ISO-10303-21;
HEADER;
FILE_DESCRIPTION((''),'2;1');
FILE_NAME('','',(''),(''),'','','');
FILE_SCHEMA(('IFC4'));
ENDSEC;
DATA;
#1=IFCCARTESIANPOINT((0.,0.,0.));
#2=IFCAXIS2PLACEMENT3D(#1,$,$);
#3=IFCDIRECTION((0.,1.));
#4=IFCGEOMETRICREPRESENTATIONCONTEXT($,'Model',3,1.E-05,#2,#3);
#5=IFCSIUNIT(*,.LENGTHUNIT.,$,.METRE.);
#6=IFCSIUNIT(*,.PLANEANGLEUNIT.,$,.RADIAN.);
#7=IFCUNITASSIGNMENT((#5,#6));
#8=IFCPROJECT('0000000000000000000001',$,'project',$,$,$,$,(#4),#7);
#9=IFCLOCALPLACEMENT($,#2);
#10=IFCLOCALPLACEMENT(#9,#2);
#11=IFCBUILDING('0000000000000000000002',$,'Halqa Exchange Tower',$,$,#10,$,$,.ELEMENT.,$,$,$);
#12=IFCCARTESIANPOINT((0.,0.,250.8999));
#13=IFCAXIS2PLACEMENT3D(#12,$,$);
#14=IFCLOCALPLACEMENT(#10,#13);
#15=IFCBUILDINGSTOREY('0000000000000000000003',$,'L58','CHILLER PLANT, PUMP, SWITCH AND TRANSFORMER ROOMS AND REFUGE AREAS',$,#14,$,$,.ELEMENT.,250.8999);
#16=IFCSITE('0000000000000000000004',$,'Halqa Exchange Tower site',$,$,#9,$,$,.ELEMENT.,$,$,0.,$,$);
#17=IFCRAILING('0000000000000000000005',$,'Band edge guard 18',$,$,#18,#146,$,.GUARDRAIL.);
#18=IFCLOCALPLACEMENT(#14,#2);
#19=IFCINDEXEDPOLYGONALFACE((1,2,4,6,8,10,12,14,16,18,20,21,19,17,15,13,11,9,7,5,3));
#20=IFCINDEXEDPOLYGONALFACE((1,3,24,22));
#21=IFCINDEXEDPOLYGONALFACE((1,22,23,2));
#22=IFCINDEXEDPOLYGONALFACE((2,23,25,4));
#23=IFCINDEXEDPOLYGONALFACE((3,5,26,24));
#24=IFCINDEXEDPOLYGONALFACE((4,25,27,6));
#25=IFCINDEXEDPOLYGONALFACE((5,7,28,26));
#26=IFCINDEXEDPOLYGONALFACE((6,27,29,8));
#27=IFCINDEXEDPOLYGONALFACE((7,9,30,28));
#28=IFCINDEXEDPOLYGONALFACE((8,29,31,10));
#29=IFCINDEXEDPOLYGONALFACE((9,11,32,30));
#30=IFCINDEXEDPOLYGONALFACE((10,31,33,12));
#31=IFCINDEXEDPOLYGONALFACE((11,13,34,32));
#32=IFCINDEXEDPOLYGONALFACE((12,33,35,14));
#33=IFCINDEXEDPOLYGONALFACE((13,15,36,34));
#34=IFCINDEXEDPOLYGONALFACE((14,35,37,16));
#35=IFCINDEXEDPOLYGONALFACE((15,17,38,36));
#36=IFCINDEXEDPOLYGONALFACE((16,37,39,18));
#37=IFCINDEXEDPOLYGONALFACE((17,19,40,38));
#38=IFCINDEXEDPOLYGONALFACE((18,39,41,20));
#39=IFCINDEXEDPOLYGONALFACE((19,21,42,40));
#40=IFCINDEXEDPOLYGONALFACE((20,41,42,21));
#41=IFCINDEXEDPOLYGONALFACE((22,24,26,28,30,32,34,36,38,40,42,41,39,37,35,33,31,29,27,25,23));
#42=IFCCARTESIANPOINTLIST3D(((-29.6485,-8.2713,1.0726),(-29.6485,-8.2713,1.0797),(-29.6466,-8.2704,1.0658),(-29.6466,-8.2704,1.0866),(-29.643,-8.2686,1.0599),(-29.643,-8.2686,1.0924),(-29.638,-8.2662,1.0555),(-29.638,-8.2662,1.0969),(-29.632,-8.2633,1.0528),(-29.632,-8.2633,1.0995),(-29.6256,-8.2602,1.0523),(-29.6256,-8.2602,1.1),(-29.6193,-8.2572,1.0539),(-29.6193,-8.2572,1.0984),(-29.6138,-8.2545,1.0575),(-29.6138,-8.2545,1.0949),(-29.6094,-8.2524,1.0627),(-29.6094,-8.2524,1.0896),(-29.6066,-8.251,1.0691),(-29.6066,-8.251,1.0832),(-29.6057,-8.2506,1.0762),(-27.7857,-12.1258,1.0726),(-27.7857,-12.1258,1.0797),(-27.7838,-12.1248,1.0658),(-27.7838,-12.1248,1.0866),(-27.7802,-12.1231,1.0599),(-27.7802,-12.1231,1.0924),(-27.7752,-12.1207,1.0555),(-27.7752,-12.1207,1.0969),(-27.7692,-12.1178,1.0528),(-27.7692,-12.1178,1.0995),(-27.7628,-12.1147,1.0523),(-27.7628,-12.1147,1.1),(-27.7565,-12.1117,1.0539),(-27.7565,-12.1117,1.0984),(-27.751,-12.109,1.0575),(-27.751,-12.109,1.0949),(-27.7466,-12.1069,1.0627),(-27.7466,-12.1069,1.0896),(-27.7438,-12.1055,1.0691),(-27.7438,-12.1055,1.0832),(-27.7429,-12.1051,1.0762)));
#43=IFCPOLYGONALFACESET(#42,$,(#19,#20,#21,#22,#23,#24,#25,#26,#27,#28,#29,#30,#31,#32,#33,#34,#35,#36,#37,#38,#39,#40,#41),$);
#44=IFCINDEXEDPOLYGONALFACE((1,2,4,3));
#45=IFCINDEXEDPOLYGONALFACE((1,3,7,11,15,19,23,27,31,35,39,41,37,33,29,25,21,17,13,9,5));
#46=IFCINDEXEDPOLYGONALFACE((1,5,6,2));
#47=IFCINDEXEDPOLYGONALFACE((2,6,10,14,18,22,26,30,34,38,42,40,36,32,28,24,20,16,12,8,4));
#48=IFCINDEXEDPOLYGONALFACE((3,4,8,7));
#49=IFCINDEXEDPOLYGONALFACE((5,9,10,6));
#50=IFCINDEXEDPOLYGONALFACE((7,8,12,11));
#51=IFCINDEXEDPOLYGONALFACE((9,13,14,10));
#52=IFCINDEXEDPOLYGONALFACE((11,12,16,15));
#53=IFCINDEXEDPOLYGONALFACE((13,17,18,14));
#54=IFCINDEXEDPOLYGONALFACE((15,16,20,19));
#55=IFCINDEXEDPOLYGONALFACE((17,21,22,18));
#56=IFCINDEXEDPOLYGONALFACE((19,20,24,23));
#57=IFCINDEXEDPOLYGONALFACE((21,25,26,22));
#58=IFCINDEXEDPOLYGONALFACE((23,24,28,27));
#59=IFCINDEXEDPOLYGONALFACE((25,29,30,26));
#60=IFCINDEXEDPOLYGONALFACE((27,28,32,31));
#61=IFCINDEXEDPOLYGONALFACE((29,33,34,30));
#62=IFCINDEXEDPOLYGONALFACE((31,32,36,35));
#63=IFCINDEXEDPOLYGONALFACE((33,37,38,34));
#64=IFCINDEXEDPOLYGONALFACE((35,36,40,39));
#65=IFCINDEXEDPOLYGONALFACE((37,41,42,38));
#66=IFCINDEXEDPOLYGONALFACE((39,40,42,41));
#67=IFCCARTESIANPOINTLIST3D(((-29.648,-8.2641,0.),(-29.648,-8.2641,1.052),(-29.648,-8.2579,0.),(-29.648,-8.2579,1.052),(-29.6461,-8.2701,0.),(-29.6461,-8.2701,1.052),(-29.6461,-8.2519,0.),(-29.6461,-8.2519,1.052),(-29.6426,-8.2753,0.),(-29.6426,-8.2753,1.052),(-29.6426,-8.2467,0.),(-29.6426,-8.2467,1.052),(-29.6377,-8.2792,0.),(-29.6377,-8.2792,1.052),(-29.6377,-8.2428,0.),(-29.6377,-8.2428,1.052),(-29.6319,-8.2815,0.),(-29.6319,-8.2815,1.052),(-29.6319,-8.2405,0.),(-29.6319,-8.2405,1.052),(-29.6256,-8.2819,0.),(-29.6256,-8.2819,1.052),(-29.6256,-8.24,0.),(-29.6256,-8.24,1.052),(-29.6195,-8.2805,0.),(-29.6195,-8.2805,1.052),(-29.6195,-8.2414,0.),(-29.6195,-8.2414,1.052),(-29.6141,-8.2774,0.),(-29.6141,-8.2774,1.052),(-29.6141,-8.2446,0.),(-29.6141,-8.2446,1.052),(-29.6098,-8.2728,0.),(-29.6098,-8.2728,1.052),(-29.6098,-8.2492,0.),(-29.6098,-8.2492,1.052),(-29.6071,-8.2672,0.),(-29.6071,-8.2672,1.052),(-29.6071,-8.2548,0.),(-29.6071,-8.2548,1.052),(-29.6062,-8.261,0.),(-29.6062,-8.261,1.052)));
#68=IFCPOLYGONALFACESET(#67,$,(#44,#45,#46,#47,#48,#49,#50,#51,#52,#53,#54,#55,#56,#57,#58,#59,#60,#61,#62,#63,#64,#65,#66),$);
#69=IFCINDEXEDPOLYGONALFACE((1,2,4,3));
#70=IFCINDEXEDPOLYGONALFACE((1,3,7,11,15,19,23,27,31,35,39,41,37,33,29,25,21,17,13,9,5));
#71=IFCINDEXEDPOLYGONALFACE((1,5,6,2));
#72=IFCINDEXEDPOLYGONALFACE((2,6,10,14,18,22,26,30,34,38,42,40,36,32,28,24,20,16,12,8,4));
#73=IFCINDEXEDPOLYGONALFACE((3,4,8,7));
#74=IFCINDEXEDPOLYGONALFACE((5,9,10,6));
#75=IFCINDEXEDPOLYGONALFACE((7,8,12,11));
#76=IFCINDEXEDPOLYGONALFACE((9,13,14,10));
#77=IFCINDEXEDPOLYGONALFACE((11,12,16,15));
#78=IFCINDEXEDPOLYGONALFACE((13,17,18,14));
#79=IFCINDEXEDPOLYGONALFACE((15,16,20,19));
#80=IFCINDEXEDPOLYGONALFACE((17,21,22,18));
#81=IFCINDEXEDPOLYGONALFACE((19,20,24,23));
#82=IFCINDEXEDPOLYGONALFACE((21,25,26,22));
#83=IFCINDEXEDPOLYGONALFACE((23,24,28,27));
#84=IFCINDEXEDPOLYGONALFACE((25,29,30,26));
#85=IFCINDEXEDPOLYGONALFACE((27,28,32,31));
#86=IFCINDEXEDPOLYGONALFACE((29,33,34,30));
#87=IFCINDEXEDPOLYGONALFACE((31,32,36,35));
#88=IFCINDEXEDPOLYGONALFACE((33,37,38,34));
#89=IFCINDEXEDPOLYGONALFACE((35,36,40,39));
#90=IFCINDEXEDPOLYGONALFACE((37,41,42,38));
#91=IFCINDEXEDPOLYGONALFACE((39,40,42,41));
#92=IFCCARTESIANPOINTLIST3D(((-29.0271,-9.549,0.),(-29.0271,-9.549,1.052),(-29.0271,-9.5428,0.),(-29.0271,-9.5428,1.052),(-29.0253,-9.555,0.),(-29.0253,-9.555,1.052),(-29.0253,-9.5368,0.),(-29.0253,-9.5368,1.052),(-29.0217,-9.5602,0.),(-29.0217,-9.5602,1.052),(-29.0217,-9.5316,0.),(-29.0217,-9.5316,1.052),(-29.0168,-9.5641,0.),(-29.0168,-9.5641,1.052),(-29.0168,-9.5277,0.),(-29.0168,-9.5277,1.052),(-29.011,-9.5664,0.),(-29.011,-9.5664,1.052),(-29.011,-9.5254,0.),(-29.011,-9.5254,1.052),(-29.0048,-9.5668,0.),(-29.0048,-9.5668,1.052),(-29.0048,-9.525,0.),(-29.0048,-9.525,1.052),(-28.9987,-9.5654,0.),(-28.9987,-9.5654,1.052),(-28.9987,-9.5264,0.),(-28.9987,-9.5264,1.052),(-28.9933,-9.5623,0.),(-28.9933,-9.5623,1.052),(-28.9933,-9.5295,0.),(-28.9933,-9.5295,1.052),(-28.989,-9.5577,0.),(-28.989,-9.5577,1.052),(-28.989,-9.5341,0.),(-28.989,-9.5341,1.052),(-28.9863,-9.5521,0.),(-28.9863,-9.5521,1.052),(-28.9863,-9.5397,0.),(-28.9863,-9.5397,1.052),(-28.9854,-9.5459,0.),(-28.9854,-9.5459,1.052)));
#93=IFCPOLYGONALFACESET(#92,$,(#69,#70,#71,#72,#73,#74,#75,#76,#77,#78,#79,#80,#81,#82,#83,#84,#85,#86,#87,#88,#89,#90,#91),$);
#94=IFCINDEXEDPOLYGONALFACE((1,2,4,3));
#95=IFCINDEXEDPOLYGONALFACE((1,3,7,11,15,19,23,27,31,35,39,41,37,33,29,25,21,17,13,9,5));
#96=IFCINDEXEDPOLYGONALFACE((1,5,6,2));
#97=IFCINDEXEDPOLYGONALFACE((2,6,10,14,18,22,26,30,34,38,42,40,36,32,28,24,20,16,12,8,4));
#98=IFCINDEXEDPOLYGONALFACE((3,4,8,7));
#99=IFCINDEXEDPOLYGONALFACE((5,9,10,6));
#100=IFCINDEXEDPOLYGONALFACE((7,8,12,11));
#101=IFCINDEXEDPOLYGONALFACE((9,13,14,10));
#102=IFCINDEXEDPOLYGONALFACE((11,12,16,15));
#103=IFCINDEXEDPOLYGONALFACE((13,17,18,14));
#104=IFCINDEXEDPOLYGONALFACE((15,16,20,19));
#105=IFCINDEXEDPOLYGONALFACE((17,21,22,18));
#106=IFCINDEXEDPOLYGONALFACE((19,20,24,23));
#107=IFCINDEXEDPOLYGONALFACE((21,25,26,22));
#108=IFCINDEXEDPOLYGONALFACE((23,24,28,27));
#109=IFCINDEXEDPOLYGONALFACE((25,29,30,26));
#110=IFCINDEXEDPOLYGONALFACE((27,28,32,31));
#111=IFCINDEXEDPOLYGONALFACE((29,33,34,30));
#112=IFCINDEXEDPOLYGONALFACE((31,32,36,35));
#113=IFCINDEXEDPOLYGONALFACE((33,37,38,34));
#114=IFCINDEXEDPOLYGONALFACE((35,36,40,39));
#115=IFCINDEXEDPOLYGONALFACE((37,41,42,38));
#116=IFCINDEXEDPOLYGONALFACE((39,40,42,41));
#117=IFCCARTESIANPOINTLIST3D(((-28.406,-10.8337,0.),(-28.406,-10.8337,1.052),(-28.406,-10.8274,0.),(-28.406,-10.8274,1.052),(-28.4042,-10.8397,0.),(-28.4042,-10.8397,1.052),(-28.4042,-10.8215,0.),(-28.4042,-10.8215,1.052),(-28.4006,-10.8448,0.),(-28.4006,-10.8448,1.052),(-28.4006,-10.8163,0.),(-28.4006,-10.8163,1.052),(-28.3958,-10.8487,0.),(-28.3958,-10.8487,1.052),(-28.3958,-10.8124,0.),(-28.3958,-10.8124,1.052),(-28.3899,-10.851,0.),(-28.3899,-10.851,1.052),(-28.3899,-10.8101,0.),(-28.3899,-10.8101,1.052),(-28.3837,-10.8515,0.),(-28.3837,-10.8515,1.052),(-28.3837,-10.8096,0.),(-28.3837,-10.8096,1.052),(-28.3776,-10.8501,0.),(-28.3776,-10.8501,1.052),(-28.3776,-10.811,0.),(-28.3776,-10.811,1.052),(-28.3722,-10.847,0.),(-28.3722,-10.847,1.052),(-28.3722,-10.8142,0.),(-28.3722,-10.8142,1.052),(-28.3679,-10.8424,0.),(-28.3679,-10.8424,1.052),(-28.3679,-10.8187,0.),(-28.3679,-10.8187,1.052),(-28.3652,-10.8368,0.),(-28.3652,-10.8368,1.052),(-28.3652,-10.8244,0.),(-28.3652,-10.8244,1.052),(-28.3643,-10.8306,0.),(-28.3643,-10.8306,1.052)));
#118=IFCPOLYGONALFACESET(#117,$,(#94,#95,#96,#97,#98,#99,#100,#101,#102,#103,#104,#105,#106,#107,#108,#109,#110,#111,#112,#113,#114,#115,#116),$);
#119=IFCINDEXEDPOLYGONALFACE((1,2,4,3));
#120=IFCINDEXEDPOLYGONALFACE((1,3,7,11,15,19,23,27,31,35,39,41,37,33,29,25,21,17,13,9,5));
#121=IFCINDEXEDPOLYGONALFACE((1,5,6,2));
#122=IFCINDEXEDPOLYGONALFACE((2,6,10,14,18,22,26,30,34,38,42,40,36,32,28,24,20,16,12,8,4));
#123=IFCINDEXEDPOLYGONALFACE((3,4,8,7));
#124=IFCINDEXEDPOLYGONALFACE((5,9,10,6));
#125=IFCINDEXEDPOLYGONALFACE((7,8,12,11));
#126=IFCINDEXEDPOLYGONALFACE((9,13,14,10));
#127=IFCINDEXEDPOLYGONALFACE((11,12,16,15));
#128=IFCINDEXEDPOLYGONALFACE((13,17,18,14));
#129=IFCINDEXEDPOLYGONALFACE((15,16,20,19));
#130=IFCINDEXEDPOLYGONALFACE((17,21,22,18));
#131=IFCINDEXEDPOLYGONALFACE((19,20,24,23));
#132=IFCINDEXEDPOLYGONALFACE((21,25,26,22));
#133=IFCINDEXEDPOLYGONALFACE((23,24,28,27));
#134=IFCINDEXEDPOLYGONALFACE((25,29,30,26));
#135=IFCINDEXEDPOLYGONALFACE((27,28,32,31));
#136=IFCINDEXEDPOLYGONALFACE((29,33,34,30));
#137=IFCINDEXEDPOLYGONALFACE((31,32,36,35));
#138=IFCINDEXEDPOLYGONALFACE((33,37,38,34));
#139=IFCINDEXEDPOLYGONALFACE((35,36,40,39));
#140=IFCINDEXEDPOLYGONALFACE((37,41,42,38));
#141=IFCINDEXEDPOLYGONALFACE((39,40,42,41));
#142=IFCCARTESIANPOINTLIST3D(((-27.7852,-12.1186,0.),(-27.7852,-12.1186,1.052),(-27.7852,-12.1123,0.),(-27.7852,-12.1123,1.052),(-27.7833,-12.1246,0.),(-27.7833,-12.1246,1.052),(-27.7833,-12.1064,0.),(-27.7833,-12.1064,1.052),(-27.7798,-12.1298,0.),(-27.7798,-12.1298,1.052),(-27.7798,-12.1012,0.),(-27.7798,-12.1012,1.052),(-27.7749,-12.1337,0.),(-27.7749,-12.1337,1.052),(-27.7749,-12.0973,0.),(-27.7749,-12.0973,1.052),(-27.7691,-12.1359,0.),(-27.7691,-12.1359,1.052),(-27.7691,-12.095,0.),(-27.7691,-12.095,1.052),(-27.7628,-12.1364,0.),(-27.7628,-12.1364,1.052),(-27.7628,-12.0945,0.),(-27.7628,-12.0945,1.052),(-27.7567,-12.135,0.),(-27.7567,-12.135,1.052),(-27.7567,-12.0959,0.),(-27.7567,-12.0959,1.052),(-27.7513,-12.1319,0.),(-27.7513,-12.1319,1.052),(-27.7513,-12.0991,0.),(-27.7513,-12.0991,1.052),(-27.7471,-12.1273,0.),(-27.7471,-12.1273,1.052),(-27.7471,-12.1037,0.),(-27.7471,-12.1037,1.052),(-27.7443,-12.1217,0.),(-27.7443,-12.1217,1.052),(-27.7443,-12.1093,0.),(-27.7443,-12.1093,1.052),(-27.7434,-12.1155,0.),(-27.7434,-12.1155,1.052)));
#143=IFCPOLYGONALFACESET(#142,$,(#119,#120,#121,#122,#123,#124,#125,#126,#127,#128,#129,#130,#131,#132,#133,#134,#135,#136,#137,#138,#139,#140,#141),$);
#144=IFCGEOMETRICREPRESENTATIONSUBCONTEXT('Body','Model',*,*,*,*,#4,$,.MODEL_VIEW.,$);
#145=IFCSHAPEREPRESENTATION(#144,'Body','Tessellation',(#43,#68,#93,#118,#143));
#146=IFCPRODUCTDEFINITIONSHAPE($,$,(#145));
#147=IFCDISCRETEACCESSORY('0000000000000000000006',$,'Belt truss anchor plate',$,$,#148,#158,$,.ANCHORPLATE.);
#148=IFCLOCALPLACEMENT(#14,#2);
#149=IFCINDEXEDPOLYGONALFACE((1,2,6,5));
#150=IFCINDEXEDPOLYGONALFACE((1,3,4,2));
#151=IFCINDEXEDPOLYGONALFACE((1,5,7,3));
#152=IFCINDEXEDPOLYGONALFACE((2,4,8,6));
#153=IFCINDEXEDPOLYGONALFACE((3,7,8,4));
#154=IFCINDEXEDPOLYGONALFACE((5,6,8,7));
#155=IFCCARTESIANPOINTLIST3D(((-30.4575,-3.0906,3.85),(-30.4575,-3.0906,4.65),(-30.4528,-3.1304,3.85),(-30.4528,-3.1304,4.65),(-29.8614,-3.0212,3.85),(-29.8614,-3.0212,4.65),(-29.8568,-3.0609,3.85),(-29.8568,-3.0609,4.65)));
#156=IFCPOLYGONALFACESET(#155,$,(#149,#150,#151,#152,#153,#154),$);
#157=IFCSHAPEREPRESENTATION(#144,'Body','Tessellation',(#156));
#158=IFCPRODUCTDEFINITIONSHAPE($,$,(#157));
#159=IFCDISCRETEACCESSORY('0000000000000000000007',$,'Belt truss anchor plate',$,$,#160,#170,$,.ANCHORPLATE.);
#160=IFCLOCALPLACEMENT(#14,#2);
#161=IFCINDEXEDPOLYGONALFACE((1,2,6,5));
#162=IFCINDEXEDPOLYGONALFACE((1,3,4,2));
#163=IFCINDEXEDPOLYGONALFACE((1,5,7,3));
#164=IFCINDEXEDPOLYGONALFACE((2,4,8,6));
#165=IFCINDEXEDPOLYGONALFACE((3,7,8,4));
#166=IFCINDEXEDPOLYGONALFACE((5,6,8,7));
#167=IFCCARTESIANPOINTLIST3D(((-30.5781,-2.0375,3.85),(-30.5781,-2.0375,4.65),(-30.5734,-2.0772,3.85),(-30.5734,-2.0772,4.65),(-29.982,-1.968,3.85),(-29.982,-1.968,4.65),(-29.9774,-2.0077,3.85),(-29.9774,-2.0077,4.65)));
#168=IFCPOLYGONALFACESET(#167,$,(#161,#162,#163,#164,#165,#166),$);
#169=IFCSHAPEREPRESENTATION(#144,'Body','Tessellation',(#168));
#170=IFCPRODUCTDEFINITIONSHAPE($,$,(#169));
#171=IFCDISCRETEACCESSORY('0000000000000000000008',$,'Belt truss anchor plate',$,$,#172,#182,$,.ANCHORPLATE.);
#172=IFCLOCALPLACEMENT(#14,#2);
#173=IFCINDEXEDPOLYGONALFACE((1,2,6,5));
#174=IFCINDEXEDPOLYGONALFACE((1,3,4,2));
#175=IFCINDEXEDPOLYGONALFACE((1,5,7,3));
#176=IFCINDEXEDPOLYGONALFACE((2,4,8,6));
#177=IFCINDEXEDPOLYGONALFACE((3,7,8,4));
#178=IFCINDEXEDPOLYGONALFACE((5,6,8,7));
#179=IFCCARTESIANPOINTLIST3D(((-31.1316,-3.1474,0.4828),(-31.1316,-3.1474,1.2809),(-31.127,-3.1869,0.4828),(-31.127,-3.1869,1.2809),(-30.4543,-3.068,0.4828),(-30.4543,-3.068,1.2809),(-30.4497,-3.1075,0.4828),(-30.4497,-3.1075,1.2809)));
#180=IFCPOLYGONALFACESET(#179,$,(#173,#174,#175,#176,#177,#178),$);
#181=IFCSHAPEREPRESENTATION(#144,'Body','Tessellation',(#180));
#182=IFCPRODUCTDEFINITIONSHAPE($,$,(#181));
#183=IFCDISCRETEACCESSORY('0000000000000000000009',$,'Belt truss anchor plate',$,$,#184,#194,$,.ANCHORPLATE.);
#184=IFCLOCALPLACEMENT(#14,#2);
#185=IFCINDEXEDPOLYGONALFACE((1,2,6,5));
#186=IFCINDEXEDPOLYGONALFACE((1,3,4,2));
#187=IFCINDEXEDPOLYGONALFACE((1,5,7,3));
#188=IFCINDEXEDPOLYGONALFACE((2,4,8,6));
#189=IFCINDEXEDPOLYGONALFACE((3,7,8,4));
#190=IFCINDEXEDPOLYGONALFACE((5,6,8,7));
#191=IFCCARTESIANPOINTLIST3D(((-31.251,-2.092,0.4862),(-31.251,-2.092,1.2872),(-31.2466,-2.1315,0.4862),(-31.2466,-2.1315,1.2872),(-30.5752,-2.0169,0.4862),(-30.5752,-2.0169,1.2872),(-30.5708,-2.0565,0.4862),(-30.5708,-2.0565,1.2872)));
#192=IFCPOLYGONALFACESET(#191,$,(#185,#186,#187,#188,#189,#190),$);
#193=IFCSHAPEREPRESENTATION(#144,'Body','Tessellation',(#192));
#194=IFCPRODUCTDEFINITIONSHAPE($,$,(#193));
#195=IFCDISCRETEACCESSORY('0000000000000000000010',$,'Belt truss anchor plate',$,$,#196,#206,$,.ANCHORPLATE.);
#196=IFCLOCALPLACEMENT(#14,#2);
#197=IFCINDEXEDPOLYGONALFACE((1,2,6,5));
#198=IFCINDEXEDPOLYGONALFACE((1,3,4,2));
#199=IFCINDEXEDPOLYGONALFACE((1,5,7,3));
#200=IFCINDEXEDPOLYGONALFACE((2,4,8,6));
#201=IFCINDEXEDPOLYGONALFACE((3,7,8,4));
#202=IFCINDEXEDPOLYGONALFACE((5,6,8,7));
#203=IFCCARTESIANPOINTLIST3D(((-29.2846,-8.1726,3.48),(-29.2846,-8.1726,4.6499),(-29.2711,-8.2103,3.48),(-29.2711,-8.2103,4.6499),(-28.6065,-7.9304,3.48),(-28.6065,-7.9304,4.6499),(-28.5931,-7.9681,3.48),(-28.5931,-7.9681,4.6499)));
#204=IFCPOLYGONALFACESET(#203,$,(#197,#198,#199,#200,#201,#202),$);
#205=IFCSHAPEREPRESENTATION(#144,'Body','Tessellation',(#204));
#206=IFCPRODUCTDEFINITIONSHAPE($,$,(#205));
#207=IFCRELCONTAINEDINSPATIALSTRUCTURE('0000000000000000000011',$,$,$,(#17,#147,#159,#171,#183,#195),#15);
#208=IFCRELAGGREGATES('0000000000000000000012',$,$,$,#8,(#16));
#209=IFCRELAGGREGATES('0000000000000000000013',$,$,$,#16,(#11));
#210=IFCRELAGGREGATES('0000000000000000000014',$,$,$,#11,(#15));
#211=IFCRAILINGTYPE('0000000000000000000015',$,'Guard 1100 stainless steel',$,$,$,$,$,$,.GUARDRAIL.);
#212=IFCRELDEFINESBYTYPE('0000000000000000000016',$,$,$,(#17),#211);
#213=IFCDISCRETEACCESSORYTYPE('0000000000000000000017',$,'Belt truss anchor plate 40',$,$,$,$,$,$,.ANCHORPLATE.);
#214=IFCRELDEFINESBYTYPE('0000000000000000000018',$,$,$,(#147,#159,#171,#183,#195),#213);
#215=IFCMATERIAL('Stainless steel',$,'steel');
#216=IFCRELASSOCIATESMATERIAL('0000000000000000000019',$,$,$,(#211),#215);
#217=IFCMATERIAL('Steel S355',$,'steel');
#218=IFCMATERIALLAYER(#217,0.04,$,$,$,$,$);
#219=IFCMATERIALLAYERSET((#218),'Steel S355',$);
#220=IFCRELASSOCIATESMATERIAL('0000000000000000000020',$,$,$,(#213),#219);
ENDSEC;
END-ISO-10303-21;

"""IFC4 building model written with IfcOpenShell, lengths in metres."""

from ifc_helpers import new_model, si_unit, direction, frame, origin, origin_2d, place, context, subcontext, project, spatial, rectangle, circle, extrude, material, layer, layer_set, type_object, element, save


model = new_model("IFC4")

# Units and contexts
model_context = context("Model", 3, precision=1e-05, world=origin(), true_north=direction((0.0, 1.0)))
body_context = subcontext(model_context, "Body", "Model", "MODEL_VIEW")
ifc_project = project(units=[si_unit("LENGTHUNIT", "METRE"), si_unit("PLANEANGLEUNIT", "RADIAN")], contexts=[model_context])

# Site, building, storey
site_placement = place(None, origin())
site = spatial("IfcSite", under=ifc_project, at=site_placement, Name="Halqa Exchange Tower site", CompositionType="ELEMENT", RefElevation=0.0)
building_placement = place(site_placement, origin())
building = spatial("IfcBuilding", under=site, at=building_placement, Name="Halqa Exchange Tower", CompositionType="ELEMENT")
storey_placement = place(building_placement, frame((0.0, 0.0, 250.8999)))
storey = spatial("IfcBuildingStorey", under=building, at=storey_placement, Name="L58", Description="CHILLER PLANT, PUMP, SWITCH AND TRANSFORMER ROOMS AND REFUGE AREAS", CompositionType="ELEMENT", Elevation=250.8999)

# Shared definitions
ifc_material_1 = material(Name="Steel S355", Category="steel")

# Railing
ifc_material_2 = material(Name="Stainless steel", Category="steel")
railing_type = type_object("IfcRailingType", Name="Guard 1100 stainless steel", PredefinedType="GUARDRAIL", material=ifc_material_2)
railing_1_placement = place(storey_placement, frame((-29.6272, -8.261, 0.0)))
element("IfcRailing", 1, at=railing_1_placement, inside=storey, type_object=railing_type, Name="Band edge guard 18", PredefinedType="GUARDRAIL", context=body_context, shape_type="SweptSolid", body=[
    extrude(circle(Radius=0.0239, at=origin_2d()), frame((0.0, 0.0, 1.0762), z_axis=(0.435129, -0.900368, 0.0), x_axis=(0.900368, 0.435129, 0.0)), (0.0, 0.0, 1.0), 4.281),
    extrude(circle(Radius=0.021, at=origin_2d()), origin(), (0.0, 0.0, 1.0), 1.052),
    extrude(circle(Radius=0.021, at=origin_2d()), frame((0.6208, -1.2849, 0.0)), (0.0, 0.0, 1.0), 1.052),
    extrude(circle(Radius=0.021, at=origin_2d()), frame((1.2419, -2.5696, 0.0)), (0.0, 0.0, 1.0), 1.052),
    extrude(circle(Radius=0.021, at=origin_2d()), frame((1.8628, -3.8545, 0.0)), (0.0, 0.0, 1.0), 1.052),
])

# Discrete accessories
ifc_layer = layer(ifc_material_1, 0.04)
ifc_layer_set = layer_set([ifc_layer], Name="Steel S355")
discrete_accessory_type = type_object("IfcDiscreteAccessoryType", Name="Belt truss anchor plate 40", PredefinedType="ANCHORPLATE", material=ifc_layer_set)
for number, where, z_axis, x_axis, name in (
    (2, (-30.1594, -3.0559, 4.25), (0.115781, -0.993275, 0.0), (0.993275, 0.115781, 0.0), "Belt truss anchor plate"),
    (3, (-30.2754, -2.0425, 4.25), (-0.115781, 0.993275, 0.0), (-0.993275, -0.115781, 0.0), "Belt truss anchor plate"),
):
    element("IfcDiscreteAccessory", number, at=place(storey_placement, frame(where, z_axis=z_axis, x_axis=x_axis)), inside=storey, type_object=discrete_accessory_type, Name=name, PredefinedType="ANCHORPLATE", context=body_context, shape_type="SweptSolid", body=[
        extrude(rectangle(XDim=0.6001, YDim=0.8, at=origin_2d()), origin(), (0.0, 0.0, 1.0), 0.04),
    ])
discrete_accessory_1_placement = place(storey_placement, frame((-30.793, -3.1077, 0.8818), z_axis=(0.116486, -0.993192, 0.0), x_axis=(0.993192, 0.116486, 0.0)))
element("IfcDiscreteAccessory", 4, at=discrete_accessory_1_placement, inside=storey, type_object=discrete_accessory_type, Name="Belt truss anchor plate", PredefinedType="ANCHORPLATE", context=body_context, shape_type="SweptSolid", body=[
    extrude(rectangle(XDim=0.6819, YDim=0.7981, at=origin_2d()), origin(), (0.0, 0.0, 1.0), 0.0398),
])
discrete_accessory_2_placement = place(storey_placement, frame((-30.9087, -2.094, 0.8867), z_axis=(-0.110432, 0.993884, 0.0), x_axis=(-0.993884, -0.110432, 0.0)))
element("IfcDiscreteAccessory", 5, at=discrete_accessory_2_placement, inside=storey, type_object=discrete_accessory_type, Name="Belt truss anchor plate", PredefinedType="ANCHORPLATE", context=body_context, shape_type="SweptSolid", body=[
    extrude(rectangle(XDim=0.6799, YDim=0.801, at=origin_2d()), origin(), (0.0, 0.0, 1.0), 0.0398),
])
discrete_accessory_3_placement = place(storey_placement, frame((-28.9456, -8.0515, 4.0649), z_axis=(0.336336, -0.941742, 0.0), x_axis=(0.941742, 0.336336, 0.0)))
element("IfcDiscreteAccessory", 6, at=discrete_accessory_3_placement, inside=storey, type_object=discrete_accessory_type, Name="Belt truss anchor plate", PredefinedType="ANCHORPLATE", context=body_context, shape_type="SweptSolid", body=[
    extrude(rectangle(XDim=0.72, YDim=1.1699, at=origin_2d()), origin(), (0.0, 0.0, 1.0), 0.04),
])

save(model, "model.ifc")
